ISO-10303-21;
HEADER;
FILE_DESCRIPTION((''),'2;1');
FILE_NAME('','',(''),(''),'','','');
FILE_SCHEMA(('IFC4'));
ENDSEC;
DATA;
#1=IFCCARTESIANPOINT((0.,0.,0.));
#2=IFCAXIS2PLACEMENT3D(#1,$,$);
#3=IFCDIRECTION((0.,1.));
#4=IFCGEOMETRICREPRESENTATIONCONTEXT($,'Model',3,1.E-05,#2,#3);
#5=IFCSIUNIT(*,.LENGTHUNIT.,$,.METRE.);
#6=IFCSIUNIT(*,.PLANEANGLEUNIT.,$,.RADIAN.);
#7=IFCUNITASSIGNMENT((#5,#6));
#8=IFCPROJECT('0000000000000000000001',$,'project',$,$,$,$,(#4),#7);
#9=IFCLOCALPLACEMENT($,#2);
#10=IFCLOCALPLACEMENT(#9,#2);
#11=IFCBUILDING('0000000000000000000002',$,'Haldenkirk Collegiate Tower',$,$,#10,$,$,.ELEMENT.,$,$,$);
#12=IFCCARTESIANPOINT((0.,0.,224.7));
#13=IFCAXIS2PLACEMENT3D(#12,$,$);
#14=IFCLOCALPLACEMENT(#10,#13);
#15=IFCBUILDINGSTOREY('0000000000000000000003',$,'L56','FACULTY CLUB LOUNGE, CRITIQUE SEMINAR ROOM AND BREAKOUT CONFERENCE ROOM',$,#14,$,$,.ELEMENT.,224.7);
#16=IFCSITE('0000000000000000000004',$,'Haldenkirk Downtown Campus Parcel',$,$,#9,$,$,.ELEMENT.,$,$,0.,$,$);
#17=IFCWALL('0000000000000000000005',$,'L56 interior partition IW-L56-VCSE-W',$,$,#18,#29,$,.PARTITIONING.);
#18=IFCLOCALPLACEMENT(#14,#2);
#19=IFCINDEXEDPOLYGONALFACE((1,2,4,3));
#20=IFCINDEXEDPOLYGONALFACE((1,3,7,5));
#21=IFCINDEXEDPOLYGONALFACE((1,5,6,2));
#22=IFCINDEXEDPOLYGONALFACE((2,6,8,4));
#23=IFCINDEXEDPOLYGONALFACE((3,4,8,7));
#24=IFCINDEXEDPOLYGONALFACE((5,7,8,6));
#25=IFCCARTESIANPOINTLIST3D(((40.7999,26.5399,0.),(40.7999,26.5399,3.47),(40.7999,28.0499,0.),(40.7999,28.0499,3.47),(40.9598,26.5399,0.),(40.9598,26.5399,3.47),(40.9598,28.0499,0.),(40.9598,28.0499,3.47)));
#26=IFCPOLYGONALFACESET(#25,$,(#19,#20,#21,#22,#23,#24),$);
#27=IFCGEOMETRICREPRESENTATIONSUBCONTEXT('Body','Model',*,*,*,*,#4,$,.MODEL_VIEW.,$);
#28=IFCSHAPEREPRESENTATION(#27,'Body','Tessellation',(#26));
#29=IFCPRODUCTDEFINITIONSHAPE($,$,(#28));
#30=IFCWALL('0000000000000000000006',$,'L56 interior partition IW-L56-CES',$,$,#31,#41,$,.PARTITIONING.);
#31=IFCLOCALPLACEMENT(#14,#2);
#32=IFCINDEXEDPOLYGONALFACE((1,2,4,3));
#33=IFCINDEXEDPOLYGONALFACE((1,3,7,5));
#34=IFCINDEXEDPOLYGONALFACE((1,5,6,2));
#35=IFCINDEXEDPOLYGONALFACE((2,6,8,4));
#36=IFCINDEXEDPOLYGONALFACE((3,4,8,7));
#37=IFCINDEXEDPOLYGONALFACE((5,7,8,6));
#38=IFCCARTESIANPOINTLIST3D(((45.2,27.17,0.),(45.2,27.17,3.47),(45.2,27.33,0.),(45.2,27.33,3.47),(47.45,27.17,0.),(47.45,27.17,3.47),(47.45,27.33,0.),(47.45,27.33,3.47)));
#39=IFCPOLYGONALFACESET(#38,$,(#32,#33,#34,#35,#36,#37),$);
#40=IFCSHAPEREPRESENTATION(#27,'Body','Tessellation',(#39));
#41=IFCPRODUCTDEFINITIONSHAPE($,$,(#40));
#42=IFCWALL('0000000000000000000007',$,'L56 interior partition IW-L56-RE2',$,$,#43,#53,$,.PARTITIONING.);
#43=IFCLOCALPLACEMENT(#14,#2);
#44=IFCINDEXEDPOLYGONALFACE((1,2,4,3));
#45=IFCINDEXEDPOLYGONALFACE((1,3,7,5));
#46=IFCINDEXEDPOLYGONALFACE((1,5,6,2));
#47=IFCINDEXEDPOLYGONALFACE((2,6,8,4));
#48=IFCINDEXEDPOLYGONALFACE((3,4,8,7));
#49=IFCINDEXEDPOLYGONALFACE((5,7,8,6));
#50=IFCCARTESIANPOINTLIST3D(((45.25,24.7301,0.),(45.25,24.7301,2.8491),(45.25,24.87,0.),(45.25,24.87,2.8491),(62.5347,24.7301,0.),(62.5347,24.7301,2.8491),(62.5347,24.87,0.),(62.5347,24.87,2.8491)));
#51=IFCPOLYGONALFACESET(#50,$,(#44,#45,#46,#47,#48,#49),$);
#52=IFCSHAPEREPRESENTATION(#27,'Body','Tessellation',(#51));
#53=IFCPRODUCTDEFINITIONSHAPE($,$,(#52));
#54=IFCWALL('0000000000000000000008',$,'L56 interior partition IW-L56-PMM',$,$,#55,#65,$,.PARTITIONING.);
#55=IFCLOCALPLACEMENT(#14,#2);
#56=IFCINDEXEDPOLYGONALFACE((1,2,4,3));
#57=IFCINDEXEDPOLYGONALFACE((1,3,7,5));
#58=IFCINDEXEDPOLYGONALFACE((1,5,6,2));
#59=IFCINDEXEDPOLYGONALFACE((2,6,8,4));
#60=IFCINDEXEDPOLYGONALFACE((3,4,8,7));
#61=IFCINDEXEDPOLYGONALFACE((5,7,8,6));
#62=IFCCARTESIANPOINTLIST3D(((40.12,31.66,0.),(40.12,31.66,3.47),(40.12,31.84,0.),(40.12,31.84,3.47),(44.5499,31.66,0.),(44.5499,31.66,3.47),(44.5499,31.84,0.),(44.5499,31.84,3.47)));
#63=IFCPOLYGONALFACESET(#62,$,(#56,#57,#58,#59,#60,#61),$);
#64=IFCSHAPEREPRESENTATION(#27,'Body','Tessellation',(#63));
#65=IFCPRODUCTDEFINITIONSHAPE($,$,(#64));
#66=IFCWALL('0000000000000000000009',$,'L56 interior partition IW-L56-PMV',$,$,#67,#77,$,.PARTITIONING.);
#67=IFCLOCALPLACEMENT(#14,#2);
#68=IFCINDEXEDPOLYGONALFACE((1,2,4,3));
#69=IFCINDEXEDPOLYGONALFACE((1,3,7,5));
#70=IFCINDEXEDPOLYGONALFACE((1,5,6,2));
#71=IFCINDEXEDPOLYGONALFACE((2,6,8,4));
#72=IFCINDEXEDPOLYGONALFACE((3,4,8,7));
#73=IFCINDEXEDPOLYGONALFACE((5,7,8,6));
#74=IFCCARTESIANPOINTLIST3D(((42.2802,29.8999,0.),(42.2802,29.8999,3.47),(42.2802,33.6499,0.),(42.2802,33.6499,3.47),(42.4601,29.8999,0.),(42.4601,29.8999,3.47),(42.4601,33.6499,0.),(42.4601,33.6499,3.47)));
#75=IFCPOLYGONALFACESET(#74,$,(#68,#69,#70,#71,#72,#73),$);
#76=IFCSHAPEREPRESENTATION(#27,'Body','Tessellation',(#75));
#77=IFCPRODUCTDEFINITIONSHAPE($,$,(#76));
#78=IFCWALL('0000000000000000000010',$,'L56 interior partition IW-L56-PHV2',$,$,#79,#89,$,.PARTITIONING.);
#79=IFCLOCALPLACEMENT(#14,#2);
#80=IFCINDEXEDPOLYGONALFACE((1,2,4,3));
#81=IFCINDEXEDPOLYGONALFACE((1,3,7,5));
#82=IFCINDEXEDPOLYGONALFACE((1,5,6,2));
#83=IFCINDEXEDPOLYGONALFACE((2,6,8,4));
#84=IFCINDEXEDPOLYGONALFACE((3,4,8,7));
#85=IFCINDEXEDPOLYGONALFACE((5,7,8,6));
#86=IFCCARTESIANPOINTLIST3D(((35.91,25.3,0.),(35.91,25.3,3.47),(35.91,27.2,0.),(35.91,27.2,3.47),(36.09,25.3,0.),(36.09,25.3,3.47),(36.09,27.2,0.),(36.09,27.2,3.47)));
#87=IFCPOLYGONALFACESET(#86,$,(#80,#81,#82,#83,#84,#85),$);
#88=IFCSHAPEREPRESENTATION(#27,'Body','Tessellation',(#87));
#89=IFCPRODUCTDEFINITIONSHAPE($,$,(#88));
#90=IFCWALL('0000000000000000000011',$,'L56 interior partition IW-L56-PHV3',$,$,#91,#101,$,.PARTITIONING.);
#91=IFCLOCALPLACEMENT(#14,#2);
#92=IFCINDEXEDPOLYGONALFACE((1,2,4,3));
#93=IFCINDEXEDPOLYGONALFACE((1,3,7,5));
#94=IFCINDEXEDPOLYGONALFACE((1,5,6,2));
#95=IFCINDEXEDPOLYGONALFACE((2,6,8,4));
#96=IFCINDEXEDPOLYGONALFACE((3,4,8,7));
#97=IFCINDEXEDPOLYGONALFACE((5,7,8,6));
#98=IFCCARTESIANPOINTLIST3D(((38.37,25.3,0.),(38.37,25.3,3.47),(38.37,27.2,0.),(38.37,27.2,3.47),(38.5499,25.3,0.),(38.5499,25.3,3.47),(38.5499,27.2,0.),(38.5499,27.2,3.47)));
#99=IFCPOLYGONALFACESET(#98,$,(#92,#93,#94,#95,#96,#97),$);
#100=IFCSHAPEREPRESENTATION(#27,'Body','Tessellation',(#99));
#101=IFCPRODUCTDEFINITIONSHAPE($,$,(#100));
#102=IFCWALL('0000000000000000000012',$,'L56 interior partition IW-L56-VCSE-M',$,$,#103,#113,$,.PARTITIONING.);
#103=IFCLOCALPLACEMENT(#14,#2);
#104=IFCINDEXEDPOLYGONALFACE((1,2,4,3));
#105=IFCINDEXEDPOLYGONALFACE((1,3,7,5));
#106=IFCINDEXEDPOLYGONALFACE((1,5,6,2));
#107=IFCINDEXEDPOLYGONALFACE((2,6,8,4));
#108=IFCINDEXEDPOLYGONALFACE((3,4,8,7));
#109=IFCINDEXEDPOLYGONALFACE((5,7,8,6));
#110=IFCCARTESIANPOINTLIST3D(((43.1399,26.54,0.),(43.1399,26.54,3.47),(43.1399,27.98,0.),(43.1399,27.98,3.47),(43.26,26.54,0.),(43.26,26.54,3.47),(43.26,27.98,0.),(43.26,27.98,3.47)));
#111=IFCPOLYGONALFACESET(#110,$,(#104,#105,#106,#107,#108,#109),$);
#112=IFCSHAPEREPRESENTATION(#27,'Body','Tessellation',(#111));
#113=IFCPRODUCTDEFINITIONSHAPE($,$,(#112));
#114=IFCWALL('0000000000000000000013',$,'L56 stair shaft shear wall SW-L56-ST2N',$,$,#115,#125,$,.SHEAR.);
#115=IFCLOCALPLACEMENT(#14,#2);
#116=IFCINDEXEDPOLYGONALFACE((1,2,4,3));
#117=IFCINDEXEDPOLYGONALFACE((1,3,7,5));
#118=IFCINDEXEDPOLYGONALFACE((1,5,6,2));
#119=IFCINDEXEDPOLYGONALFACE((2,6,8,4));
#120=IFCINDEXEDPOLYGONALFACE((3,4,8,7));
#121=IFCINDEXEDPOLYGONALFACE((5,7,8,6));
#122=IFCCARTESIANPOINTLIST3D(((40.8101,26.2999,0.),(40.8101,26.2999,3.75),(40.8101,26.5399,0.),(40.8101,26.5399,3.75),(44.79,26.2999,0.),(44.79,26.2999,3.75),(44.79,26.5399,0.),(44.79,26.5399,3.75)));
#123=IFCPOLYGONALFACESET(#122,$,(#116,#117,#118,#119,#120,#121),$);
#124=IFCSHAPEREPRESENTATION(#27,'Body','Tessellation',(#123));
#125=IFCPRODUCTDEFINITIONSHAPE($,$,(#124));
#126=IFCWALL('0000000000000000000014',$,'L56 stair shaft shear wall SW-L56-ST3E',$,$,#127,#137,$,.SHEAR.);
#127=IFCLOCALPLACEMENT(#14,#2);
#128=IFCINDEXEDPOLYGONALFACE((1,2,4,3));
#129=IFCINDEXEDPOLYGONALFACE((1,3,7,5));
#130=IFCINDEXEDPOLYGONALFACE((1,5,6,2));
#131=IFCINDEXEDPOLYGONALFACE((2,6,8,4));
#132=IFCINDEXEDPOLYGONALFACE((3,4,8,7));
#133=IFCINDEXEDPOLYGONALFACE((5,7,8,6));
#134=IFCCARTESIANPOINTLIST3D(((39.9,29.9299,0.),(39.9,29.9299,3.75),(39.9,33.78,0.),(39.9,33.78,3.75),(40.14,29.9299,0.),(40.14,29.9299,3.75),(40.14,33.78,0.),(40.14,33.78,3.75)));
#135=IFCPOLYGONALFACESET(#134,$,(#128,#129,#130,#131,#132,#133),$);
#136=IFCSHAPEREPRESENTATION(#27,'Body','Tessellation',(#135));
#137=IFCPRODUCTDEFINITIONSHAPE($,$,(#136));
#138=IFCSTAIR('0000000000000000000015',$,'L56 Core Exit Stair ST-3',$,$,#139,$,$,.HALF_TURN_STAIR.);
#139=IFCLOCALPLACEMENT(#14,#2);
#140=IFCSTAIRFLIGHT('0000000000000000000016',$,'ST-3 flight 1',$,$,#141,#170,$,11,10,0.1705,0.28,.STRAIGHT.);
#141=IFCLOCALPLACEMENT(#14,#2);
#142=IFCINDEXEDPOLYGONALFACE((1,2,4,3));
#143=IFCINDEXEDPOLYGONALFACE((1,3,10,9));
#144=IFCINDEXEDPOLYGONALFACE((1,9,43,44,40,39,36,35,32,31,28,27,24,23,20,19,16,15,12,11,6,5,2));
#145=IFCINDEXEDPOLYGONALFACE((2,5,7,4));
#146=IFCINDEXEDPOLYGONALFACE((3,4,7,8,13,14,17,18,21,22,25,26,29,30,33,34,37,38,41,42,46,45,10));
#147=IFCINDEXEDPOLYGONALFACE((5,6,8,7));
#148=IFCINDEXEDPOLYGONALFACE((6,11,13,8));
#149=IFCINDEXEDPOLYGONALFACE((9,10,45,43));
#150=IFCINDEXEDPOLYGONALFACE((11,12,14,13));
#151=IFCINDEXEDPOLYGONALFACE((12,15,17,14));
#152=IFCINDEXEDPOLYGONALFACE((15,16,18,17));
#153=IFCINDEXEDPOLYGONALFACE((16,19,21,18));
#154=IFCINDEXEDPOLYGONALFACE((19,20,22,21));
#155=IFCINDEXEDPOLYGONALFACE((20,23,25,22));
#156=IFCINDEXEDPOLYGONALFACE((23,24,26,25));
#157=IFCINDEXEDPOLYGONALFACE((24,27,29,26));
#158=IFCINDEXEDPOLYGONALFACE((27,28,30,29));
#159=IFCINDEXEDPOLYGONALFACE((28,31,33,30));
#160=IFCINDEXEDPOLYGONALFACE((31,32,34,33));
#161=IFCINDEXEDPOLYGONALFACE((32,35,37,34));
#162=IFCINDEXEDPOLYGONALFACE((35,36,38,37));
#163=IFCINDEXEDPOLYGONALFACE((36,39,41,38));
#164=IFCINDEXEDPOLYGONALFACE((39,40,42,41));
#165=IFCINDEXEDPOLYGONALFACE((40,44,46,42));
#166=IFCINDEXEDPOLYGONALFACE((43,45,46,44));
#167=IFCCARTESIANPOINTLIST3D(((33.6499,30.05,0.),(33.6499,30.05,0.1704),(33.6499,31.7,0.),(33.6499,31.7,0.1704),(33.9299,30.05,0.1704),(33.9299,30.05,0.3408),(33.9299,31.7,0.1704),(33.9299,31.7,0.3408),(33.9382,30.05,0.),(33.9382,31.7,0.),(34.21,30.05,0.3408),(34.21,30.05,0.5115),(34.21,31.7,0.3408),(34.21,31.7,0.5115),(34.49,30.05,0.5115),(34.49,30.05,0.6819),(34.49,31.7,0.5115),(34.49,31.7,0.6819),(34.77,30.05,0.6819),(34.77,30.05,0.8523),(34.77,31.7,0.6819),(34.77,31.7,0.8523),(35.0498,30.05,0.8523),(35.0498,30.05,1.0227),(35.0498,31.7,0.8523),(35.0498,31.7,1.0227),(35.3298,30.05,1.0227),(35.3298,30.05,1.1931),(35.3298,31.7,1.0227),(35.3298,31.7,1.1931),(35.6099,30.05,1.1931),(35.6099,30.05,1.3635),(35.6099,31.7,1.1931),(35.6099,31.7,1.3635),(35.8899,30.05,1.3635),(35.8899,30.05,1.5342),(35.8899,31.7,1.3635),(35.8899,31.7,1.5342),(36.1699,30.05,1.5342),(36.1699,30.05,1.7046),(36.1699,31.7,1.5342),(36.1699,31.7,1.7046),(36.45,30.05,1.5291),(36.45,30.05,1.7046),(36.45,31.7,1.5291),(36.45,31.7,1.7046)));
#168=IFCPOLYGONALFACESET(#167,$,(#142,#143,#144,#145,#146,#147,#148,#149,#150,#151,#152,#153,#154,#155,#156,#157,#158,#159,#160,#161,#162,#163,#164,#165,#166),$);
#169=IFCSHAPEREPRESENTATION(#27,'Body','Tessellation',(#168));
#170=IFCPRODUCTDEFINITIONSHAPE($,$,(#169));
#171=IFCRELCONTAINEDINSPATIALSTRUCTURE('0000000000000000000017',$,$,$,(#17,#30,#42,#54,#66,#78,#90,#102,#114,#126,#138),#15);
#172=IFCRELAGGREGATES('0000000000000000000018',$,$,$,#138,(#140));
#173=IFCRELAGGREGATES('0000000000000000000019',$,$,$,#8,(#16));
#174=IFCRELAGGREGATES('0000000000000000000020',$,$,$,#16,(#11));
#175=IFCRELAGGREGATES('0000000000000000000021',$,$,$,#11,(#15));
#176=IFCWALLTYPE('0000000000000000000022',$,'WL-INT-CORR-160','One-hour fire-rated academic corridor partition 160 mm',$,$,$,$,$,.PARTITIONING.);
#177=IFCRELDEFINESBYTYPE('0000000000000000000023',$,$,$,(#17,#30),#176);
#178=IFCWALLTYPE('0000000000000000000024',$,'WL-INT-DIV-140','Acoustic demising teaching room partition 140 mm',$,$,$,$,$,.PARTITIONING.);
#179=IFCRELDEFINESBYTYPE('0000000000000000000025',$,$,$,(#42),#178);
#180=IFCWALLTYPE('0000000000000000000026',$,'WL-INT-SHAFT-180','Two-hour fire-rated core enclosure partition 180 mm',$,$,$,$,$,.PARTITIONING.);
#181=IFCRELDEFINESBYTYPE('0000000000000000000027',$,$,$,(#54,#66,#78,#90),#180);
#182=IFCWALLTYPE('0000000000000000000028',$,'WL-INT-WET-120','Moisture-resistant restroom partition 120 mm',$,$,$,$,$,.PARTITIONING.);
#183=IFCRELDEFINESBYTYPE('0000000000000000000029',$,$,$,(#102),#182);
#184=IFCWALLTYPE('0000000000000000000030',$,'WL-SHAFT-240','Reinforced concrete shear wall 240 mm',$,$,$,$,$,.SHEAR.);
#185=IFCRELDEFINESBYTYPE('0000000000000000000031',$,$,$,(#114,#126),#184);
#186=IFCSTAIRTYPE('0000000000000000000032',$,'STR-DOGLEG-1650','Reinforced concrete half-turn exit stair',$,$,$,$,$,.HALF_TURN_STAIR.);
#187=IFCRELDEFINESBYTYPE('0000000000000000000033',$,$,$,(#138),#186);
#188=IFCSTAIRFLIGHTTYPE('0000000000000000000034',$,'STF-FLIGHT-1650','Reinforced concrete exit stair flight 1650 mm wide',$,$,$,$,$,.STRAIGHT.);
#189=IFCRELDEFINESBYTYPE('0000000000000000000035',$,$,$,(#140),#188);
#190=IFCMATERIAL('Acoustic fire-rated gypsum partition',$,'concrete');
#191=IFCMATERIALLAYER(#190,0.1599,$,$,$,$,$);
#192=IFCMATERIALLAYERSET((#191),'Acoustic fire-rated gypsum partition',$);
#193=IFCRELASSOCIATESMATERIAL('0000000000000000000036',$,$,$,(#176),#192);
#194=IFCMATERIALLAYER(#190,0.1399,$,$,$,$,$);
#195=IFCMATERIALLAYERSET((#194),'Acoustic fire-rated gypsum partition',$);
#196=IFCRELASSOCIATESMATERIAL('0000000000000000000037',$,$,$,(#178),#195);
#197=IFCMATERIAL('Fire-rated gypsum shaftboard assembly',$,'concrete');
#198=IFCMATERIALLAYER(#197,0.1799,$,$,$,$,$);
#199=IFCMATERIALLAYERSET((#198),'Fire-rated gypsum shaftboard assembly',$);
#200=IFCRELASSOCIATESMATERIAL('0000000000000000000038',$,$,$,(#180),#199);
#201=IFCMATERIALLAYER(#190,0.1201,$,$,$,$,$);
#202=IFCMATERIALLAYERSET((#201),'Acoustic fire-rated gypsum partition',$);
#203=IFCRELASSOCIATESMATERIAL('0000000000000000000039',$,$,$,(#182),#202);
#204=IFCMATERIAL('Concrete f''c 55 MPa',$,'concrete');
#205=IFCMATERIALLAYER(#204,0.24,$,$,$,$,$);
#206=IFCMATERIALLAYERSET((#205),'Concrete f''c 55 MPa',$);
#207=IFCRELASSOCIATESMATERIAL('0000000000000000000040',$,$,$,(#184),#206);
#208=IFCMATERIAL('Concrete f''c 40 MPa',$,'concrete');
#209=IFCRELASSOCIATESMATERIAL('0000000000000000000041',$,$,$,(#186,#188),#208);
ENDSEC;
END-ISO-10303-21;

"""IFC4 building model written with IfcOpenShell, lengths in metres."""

from ifc_helpers import new_model, si_unit, direction, frame, frame_2d, origin, place, context, subcontext, project, spatial, polyline, rectangle, outline, extrude, material, layer, layer_set, type_object, element, aggregate, save


model = new_model("IFC4")

# Units and contexts
model_context = context("Model", 3, precision=1e-05, world=origin(), true_north=direction((0.0, 1.0)))
body_context = subcontext(model_context, "Body", "Model", "MODEL_VIEW")
ifc_project = project(units=[si_unit("LENGTHUNIT", "METRE"), si_unit("PLANEANGLEUNIT", "RADIAN")], contexts=[model_context])

# Site, building, storey
site_placement = place(None, origin())
site = spatial("IfcSite", under=ifc_project, at=site_placement, Name="Haldenkirk Downtown Campus Parcel", CompositionType="ELEMENT", RefElevation=0.0)
building_placement = place(site_placement, origin())
building = spatial("IfcBuilding", under=site, at=building_placement, Name="Haldenkirk Collegiate Tower", CompositionType="ELEMENT")
storey_placement = place(building_placement, frame((0.0, 0.0, 224.7)))
storey = spatial("IfcBuildingStorey", under=building, at=storey_placement, Name="L56", Description="FACULTY CLUB LOUNGE, CRITIQUE SEMINAR ROOM AND BREAKOUT CONFERENCE ROOM", CompositionType="ELEMENT", Elevation=224.7)

# Shared definitions
ifc_material_1 = material(Name="Acoustic fire-rated gypsum partition", Category="concrete")
ifc_layer_1 = layer(ifc_material_1, 0.1599)
ifc_layer_set_1 = layer_set([ifc_layer_1], Name="Acoustic fire-rated gypsum partition")
wall_type_1 = type_object("IfcWallType", Name="WL-INT-CORR-160", Description="One-hour fire-rated academic corridor partition 160 mm", PredefinedType="PARTITIONING", material=ifc_layer_set_1)

# Walls
wall_1_placement = place(storey_placement, frame((40.8799, 26.54, 0.0), z_axis=(0.0, 0.0, 1.0), x_axis=(0.0, 1.0, 0.0)))
element("IfcWall", 1, at=wall_1_placement, inside=storey, type_object=wall_type_1, Name="L56 interior partition IW-L56-VCSE-W", PredefinedType="PARTITIONING", context=body_context, shape_type="SweptSolid", body=[
    extrude(rectangle(XDim=1.51, YDim=0.1599, at=frame_2d((0.7549, 0.0))), origin(), (0.0, 0.0, 1.0), 3.47),
])
wall_2_placement = place(storey_placement, frame((45.2, 27.25, 0.0), z_axis=(0.0, 0.0, 1.0), x_axis=(1.0, 0.0, 0.0)))
element("IfcWall", 2, at=wall_2_placement, inside=storey, type_object=wall_type_1, Name="L56 interior partition IW-L56-CES", PredefinedType="PARTITIONING", context=body_context, shape_type="SweptSolid", body=[
    extrude(rectangle(XDim=2.25, YDim=0.1599, at=frame_2d((1.125, 0.0))), origin(), (0.0, 0.0, 1.0), 3.47),
])
ifc_layer_2 = layer(ifc_material_1, 0.1399)
ifc_layer_set_2 = layer_set([ifc_layer_2], Name="Acoustic fire-rated gypsum partition")
wall_type_2 = type_object("IfcWallType", Name="WL-INT-DIV-140", Description="Acoustic demising teaching room partition 140 mm", PredefinedType="PARTITIONING", material=ifc_layer_set_2)
wall_3_placement = place(storey_placement, frame((45.25, 24.8, 0.0), z_axis=(0.0, 0.0, 1.0), x_axis=(1.0, 0.0, 0.0)))
element("IfcWall", 3, at=wall_3_placement, inside=storey, type_object=wall_type_2, Name="L56 interior partition IW-L56-RE2", PredefinedType="PARTITIONING", context=body_context, shape_type="SweptSolid", body=[
    extrude(rectangle(XDim=17.2847, YDim=0.1399, at=frame_2d((8.6423, 0.0))), origin(), (0.0, 0.0, 1.0), 2.8491),
])

# Shared definitions
ifc_material_2 = material(Name="Fire-rated gypsum shaftboard assembly", Category="concrete")
ifc_layer_3 = layer(ifc_material_2, 0.1799)
ifc_layer_set_3 = layer_set([ifc_layer_3], Name="Fire-rated gypsum shaftboard assembly")
wall_type_3 = type_object("IfcWallType", Name="WL-INT-SHAFT-180", Description="Two-hour fire-rated core enclosure partition 180 mm", PredefinedType="PARTITIONING", material=ifc_layer_set_3)

# Walls
wall_4_placement = place(storey_placement, frame((40.1201, 31.75, 0.0), z_axis=(0.0, 0.0, 1.0), x_axis=(1.0, 0.0, 0.0)))
element("IfcWall", 4, at=wall_4_placement, inside=storey, type_object=wall_type_3, Name="L56 interior partition IW-L56-PMM", PredefinedType="PARTITIONING", context=body_context, shape_type="SweptSolid", body=[
    extrude(rectangle(XDim=4.4299, YDim=0.1799, at=frame_2d((2.2148, 0.0))), origin(), (0.0, 0.0, 1.0), 3.47),
])
wall_5_placement = place(storey_placement, frame((42.3701, 29.8999, 0.0), z_axis=(0.0, 0.0, 1.0), x_axis=(0.0, 1.0, 0.0)))
element("IfcWall", 5, at=wall_5_placement, inside=storey, type_object=wall_type_3, Name="L56 interior partition IW-L56-PMV", PredefinedType="PARTITIONING", context=body_context, shape_type="SweptSolid", body=[
    extrude(rectangle(XDim=3.75, YDim=0.1799, at=frame_2d((1.875, 0.0))), origin(), (0.0, 0.0, 1.0), 3.47),
])
for number, where, z_axis, x_axis, name in (
    (6, (36.0, 25.3, 0.0), (0.0, 0.0, 1.0), (0.0, 1.0, 0.0), "L56 interior partition IW-L56-PHV2"),
    (7, (38.46, 25.3, 0.0), (0.0, 0.0, 1.0), (0.0, 1.0, 0.0), "L56 interior partition IW-L56-PHV3"),
):
    element("IfcWall", number, at=place(storey_placement, frame(where, z_axis=z_axis, x_axis=x_axis)), inside=storey, type_object=wall_type_3, Name=name, PredefinedType="PARTITIONING", context=body_context, shape_type="SweptSolid", body=[
        extrude(rectangle(XDim=1.8999, YDim=0.1799, at=frame_2d((0.95, 0.0))), origin(), (0.0, 0.0, 1.0), 3.47),
    ])
ifc_layer_4 = layer(ifc_material_1, 0.1201)
ifc_layer_set_4 = layer_set([ifc_layer_4], Name="Acoustic fire-rated gypsum partition")
wall_type_4 = type_object("IfcWallType", Name="WL-INT-WET-120", Description="Moisture-resistant restroom partition 120 mm", PredefinedType="PARTITIONING", material=ifc_layer_set_4)
wall_6_placement = place(storey_placement, frame((43.2, 26.54, 0.0), z_axis=(0.0, 0.0, 1.0), x_axis=(0.0, 1.0, 0.0)))
element("IfcWall", 8, at=wall_6_placement, inside=storey, type_object=wall_type_4, Name="L56 interior partition IW-L56-VCSE-M", PredefinedType="PARTITIONING", context=body_context, shape_type="SweptSolid", body=[
    extrude(rectangle(XDim=1.4399, YDim=0.1201, at=frame_2d((0.72, 0.0))), origin(), (0.0, 0.0, 1.0), 3.47),
])
ifc_material_3 = material(Name="Concrete f'c 55 MPa", Category="concrete")
ifc_layer_5 = layer(ifc_material_3, 0.24)
ifc_layer_set_5 = layer_set([ifc_layer_5], Name="Concrete f'c 55 MPa")
wall_type_5 = type_object("IfcWallType", Name="WL-SHAFT-240", Description="Reinforced concrete shear wall 240 mm", PredefinedType="SHEAR", material=ifc_layer_set_5)
wall_7_placement = place(storey_placement, frame((40.8101, 26.4199, 0.0), z_axis=(0.0, 0.0, 1.0), x_axis=(1.0, 0.0, 0.0)))
element("IfcWall", 9, at=wall_7_placement, inside=storey, type_object=wall_type_5, Name="L56 stair shaft shear wall SW-L56-ST2N", PredefinedType="SHEAR", context=body_context, shape_type="SweptSolid", body=[
    extrude(rectangle(XDim=3.98, YDim=0.24, at=frame_2d((1.99, 0.0))), origin(), (0.0, 0.0, 1.0), 3.75),
])
wall_8_placement = place(storey_placement, frame((40.02, 29.9299, 0.0), z_axis=(0.0, 0.0, 1.0), x_axis=(0.0, 1.0, 0.0)))
element("IfcWall", 10, at=wall_8_placement, inside=storey, type_object=wall_type_5, Name="L56 stair shaft shear wall SW-L56-ST3E", PredefinedType="SHEAR", context=body_context, shape_type="SweptSolid", body=[
    extrude(rectangle(XDim=3.8501, YDim=0.24, at=frame_2d((1.925, 0.0))), origin(), (0.0, 0.0, 1.0), 3.75),
])

# Stair, stair flight
ifc_material_4 = material(Name="Concrete f'c 40 MPa", Category="concrete")
stair_type = type_object("IfcStairType", Name="STR-DOGLEG-1650", Description="Reinforced concrete half-turn exit stair", PredefinedType="HALF_TURN_STAIR", material=ifc_material_4)
stair_placement = place(storey_placement, origin())
stair = element("IfcStair", 11, at=stair_placement, inside=storey, type_object=stair_type, Name="L56 Core Exit Stair ST-3", PredefinedType="HALF_TURN_STAIR")
stair_flight_type = type_object("IfcStairFlightType", Name="STF-FLIGHT-1650", Description="Reinforced concrete exit stair flight 1650 mm wide", PredefinedType="STRAIGHT", material=ifc_material_4)
stair_flight_placement = place(storey_placement, frame((33.6499, 30.875, 0.0), z_axis=(0.0, 0.0, 1.0), x_axis=(1.0, 0.0, 0.0)))
stair_flight = element("IfcStairFlight", 12, at=stair_flight_placement, type_object=stair_flight_type, Name="ST-3 flight 1", NumberOfRisers=11, NumberOfTreads=10, PredefinedType="STRAIGHT", RiserHeight=0.1705, TreadLength=0.28, context=body_context, shape_type="SweptSolid", body=[
    extrude(outline(polyline([(0.0, 0.0), (0.0, 0.1704), (0.28, 0.1704), (0.28, 0.3408), (0.5601, 0.3408), (0.5601, 0.5115), (0.8401, 0.5115), (0.8401, 0.6819), (1.1201, 0.6819), (1.1201, 0.8523), (1.3999, 0.8523), (1.3999, 1.0227), (1.6799, 1.0227), (1.6799, 1.1931), (1.96, 1.1931), (1.96, 1.3635), (2.24, 1.3635), (2.24, 1.5342), (2.52, 1.5342), (2.52, 1.7046), (2.8, 1.7046), (2.8, 1.875), (2.8, 1.5291), (0.2883, 0.0), (0.0, 0.0)])), frame((0.0, 0.825, 0.0), z_axis=(0.0, -1.0, 0.0), x_axis=(1.0, 0.0, 0.0)), (0.0, 0.0, 1.0), 1.6499),
])
aggregate(stair, [stair_flight])

save(model, "model.ifc")
